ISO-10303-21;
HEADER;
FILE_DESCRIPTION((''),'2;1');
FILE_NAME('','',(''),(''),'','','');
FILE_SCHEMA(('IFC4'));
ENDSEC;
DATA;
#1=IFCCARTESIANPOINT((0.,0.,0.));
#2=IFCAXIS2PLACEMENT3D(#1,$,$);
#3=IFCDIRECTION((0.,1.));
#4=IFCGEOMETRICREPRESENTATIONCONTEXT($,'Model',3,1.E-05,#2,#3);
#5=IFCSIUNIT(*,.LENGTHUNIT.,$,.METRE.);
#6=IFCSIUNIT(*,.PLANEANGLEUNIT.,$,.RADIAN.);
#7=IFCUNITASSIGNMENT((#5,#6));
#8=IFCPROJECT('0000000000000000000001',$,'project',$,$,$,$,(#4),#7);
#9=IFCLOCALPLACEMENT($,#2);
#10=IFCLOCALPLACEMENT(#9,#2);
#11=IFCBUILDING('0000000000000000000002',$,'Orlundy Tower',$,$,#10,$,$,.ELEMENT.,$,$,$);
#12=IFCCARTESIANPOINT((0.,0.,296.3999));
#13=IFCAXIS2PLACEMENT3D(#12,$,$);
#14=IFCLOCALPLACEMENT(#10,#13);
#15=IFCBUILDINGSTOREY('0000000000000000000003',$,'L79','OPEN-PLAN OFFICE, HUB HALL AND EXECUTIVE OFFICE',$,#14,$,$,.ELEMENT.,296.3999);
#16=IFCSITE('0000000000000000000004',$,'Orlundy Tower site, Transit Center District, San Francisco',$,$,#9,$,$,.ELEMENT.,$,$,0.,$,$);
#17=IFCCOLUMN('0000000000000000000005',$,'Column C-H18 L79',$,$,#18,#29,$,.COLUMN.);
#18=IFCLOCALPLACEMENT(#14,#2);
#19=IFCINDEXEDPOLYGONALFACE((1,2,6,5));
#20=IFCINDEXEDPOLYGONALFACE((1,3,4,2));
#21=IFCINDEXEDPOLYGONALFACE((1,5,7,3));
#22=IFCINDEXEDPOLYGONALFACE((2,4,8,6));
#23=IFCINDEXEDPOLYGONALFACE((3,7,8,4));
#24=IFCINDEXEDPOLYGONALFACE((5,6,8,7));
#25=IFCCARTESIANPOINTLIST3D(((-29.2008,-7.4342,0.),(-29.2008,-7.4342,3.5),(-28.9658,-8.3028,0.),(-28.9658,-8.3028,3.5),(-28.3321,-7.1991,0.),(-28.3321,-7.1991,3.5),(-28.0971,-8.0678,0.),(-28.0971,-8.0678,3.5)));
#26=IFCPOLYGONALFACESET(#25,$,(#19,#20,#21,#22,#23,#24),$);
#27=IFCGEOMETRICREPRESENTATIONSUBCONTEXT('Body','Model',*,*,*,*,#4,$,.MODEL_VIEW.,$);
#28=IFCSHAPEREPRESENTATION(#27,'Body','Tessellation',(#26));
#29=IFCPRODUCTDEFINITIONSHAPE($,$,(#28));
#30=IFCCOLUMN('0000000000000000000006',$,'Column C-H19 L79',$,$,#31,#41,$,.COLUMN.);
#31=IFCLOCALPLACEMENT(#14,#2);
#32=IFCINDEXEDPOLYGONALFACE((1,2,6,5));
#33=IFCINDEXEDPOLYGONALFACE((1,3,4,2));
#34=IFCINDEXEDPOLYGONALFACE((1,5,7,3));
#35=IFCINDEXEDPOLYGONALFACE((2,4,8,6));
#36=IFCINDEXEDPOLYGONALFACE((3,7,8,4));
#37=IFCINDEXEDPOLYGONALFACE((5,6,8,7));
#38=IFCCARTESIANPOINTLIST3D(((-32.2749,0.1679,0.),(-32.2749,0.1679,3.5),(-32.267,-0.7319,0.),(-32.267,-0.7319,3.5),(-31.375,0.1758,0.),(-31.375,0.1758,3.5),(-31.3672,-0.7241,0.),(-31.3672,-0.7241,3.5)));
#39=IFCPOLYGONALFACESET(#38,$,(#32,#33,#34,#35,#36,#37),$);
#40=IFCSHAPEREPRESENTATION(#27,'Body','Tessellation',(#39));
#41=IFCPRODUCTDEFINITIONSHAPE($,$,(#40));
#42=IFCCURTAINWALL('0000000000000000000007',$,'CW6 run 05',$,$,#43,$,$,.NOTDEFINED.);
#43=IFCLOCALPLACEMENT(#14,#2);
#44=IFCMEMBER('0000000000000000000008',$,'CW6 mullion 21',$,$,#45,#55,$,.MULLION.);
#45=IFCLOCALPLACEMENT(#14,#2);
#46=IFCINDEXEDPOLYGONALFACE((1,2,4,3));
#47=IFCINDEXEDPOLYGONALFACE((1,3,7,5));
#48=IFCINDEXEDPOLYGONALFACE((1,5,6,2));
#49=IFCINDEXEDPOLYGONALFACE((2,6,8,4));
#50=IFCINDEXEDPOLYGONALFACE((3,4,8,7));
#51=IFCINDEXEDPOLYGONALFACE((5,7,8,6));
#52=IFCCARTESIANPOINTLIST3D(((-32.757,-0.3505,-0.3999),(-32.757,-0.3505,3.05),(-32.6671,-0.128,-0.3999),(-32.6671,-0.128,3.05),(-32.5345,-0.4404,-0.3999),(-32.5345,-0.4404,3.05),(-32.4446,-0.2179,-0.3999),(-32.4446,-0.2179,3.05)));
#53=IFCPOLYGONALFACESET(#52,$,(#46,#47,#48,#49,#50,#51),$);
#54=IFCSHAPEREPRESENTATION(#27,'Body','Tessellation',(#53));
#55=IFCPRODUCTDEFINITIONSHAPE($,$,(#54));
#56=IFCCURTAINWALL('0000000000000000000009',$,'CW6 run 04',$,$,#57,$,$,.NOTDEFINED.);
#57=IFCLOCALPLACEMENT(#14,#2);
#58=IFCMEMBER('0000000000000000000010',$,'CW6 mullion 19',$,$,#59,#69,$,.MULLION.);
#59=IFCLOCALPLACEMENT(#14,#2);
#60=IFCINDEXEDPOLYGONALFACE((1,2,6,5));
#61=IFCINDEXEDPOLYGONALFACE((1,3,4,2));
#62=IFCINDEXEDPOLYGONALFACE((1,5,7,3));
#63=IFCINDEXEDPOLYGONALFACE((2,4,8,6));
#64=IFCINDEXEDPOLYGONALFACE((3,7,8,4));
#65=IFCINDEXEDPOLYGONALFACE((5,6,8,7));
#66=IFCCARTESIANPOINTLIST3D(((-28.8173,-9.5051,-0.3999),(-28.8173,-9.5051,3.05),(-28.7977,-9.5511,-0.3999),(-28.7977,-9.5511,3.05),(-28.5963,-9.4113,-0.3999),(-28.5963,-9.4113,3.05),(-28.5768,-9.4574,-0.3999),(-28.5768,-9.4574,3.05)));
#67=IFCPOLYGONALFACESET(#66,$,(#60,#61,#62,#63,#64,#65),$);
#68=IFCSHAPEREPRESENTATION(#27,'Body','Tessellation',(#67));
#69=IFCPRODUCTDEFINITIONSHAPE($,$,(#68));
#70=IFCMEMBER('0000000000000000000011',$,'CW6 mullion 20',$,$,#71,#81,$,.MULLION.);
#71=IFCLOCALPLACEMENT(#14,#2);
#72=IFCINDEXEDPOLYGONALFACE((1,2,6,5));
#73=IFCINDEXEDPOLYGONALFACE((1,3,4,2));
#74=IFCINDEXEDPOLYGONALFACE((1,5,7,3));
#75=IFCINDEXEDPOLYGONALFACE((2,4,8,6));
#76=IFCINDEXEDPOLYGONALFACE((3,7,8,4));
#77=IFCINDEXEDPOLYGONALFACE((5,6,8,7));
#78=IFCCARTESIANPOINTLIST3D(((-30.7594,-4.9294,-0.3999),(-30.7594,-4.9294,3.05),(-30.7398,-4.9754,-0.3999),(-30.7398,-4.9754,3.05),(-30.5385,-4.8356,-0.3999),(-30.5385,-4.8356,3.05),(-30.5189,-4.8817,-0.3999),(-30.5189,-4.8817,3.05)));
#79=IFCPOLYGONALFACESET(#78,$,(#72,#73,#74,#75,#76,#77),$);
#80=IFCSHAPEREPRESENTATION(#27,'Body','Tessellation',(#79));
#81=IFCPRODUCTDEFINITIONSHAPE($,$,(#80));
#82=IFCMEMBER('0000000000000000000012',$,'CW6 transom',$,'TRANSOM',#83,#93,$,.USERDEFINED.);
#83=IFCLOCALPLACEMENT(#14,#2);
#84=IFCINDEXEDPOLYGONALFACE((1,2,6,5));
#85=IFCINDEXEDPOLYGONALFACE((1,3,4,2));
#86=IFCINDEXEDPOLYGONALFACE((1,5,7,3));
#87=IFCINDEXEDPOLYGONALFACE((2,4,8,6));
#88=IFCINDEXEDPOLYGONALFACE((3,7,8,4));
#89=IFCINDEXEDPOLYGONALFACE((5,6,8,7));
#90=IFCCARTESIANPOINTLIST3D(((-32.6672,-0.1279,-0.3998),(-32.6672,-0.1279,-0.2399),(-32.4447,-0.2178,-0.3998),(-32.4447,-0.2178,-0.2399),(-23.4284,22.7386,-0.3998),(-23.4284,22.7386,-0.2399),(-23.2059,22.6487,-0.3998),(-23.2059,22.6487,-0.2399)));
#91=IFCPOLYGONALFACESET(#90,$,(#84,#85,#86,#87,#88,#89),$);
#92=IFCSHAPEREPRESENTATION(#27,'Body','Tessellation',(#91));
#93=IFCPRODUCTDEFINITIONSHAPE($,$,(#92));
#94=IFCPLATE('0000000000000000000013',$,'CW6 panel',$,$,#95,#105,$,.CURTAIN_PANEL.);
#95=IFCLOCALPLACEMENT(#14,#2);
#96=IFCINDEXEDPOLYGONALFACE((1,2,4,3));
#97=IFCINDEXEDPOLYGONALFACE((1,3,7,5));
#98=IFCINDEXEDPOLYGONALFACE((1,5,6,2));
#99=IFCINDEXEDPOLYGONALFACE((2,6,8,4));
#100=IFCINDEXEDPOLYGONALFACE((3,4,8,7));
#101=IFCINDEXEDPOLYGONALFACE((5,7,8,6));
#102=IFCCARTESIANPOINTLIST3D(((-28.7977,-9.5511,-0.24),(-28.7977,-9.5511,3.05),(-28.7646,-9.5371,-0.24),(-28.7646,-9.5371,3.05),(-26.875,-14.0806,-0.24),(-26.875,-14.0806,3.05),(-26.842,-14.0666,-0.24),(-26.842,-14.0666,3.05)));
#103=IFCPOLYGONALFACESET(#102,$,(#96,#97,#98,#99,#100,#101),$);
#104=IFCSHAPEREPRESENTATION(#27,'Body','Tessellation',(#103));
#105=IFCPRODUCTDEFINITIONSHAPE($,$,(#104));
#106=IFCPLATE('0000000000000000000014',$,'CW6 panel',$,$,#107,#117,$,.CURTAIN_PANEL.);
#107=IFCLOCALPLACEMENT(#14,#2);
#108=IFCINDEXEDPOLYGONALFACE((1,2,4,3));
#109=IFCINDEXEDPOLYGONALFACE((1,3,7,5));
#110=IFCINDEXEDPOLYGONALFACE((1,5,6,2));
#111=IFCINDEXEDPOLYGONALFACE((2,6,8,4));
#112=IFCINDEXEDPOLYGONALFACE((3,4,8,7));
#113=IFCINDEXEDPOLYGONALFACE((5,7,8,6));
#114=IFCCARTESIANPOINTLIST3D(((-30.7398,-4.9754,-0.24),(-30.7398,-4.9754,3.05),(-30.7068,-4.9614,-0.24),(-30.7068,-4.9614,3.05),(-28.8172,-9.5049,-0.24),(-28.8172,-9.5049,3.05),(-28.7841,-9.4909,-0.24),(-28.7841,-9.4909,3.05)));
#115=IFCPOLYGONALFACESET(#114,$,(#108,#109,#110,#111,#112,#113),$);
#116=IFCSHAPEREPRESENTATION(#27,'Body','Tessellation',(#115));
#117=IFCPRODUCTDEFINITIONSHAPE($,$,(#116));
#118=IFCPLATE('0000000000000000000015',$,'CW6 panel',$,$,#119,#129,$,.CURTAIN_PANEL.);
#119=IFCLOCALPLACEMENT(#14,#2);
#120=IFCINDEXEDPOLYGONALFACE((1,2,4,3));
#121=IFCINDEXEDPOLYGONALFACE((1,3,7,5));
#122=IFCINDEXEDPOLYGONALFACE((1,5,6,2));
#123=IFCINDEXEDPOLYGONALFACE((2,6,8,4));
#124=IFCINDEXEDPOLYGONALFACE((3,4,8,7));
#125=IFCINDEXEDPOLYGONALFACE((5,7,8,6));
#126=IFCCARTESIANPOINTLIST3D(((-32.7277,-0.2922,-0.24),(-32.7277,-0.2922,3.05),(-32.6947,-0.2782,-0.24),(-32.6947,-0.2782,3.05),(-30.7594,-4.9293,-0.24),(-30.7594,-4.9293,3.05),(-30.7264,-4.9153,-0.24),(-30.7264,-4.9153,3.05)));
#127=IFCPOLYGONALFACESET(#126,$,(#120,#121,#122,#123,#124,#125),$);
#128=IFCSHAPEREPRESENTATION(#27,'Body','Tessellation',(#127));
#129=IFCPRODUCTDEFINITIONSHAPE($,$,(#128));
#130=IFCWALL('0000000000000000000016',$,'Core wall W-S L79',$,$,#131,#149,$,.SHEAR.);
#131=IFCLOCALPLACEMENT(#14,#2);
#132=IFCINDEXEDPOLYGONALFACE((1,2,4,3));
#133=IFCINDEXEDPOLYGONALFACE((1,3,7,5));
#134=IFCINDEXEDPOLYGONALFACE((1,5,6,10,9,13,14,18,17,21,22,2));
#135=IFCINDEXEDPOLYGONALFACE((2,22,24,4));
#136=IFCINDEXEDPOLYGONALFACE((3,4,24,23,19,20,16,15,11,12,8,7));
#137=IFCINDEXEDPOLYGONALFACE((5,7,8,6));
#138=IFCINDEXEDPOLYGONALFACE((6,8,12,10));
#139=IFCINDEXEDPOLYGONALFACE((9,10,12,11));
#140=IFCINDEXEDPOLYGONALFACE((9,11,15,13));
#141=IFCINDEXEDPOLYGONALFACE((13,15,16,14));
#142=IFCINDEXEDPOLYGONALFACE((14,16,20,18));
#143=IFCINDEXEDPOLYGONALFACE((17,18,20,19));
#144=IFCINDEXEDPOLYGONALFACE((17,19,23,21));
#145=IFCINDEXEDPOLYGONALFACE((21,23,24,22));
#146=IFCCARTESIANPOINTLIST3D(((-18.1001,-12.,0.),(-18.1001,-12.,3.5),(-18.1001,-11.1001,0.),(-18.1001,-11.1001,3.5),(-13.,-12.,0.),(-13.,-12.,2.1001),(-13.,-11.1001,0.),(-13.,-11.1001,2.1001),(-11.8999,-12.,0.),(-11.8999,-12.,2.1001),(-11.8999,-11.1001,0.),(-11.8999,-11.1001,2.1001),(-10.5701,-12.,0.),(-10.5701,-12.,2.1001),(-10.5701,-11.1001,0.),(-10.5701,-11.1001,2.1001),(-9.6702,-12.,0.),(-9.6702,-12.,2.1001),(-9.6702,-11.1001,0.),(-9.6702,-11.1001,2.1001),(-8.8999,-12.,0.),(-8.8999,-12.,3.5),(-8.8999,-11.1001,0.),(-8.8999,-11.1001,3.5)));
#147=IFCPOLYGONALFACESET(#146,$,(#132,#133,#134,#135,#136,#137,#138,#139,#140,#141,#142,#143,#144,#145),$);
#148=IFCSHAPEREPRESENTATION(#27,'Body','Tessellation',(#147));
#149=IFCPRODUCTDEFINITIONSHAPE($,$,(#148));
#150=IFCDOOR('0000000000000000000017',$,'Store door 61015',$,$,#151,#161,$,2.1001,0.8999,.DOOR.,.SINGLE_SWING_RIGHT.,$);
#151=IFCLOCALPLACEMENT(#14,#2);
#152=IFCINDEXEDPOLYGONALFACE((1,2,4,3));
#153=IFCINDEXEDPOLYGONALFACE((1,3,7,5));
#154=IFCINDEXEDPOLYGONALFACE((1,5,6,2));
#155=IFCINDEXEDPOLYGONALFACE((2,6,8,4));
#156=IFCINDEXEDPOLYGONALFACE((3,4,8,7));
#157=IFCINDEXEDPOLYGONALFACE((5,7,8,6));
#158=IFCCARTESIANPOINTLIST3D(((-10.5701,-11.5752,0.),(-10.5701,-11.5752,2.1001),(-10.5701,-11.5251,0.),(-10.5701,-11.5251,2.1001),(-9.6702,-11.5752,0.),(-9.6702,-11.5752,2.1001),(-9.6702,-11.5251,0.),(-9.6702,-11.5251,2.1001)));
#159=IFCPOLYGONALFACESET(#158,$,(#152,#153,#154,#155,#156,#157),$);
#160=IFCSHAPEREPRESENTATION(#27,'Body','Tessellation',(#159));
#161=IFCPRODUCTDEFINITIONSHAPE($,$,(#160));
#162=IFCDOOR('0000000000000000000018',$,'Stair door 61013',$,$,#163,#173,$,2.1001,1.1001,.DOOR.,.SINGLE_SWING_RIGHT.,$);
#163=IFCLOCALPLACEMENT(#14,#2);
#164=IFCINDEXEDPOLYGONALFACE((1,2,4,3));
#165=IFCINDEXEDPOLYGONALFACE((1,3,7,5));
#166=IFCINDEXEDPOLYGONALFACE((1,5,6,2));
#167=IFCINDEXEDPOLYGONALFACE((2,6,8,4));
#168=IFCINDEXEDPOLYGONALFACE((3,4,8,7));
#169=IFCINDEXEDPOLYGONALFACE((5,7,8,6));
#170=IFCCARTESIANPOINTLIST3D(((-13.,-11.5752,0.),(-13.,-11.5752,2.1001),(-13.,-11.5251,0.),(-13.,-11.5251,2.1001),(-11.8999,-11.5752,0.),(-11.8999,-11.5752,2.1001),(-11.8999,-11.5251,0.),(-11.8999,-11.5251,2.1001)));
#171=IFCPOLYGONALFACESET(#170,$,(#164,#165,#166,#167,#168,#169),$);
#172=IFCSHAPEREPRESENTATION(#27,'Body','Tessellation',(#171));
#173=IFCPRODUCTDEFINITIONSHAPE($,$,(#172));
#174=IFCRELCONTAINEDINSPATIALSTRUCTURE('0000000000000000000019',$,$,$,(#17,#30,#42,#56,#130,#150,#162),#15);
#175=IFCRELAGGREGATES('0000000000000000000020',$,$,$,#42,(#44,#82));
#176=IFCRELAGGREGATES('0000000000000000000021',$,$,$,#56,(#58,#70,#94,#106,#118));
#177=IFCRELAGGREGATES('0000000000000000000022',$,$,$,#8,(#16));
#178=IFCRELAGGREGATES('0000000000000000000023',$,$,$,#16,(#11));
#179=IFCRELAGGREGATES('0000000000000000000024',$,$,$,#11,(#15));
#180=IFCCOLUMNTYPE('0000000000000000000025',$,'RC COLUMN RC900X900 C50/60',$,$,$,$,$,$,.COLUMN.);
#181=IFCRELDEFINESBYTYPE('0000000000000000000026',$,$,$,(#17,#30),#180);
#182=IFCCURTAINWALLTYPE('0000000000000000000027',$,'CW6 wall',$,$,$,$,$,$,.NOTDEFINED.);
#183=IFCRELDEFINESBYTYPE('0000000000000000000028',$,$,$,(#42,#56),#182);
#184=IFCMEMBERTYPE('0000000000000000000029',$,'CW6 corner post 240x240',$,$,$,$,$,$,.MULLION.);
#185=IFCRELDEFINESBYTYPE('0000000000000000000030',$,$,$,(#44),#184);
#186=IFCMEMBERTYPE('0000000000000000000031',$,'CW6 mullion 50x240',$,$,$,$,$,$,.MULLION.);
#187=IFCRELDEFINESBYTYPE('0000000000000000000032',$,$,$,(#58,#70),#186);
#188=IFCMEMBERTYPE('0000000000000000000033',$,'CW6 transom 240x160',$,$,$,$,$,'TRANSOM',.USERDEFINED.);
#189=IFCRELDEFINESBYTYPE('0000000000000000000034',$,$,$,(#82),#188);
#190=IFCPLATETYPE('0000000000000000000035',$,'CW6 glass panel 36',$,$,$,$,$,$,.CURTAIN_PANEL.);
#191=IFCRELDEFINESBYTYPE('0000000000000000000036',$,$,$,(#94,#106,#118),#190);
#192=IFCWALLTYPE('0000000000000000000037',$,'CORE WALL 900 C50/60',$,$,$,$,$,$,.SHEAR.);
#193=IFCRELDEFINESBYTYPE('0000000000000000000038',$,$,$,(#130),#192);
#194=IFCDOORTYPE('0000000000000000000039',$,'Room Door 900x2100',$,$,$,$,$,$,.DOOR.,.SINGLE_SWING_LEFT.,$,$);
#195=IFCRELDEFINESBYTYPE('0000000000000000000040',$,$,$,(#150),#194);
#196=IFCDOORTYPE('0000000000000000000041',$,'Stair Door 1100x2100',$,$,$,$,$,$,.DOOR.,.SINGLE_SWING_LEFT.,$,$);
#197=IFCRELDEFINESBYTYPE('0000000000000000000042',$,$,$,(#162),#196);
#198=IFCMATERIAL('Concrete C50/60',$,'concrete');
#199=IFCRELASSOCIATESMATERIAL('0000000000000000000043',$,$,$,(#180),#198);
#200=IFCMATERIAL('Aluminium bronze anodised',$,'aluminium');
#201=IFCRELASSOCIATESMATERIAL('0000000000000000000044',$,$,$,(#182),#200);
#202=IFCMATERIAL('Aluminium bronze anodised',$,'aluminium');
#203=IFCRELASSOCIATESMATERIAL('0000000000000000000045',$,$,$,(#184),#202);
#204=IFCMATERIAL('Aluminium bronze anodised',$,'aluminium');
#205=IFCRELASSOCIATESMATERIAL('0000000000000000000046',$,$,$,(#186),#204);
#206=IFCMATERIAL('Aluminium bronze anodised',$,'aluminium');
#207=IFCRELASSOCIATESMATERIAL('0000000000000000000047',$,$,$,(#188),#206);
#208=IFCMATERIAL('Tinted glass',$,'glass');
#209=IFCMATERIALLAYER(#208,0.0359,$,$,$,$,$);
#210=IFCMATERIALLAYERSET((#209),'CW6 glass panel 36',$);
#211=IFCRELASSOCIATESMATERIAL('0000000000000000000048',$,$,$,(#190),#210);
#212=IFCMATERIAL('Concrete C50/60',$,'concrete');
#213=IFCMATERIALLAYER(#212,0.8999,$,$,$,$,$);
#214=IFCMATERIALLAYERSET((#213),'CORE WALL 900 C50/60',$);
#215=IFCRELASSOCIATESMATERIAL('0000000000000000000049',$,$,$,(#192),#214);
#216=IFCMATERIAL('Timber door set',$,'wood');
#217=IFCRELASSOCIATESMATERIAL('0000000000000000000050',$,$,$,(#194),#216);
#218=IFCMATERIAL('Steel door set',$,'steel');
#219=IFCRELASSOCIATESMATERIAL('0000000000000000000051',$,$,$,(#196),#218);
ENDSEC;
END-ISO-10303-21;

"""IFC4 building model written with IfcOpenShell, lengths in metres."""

from ifc_helpers import new_model, si_unit, direction, frame, frame_2d, origin, origin_2d, place, context, subcontext, project, spatial, rectangle, extrude, material, layer, layer_set, material_profile, profile_set, type_object, element, fill, aggregate, save


model = new_model("IFC4")

# Units and contexts
model_context = context("Model", 3, precision=1e-05, world=origin(), true_north=direction((0.0, 1.0)))
body_context = subcontext(model_context, "Body", "Model", "MODEL_VIEW")
ifc_project = project(units=[si_unit("LENGTHUNIT", "METRE"), si_unit("PLANEANGLEUNIT", "RADIAN")], contexts=[model_context])

# Site, building, storey
site_placement = place(None, origin())
site = spatial("IfcSite", under=ifc_project, at=site_placement, Name="Orlundy Tower site, Transit Center District, San Francisco", CompositionType="ELEMENT", RefElevation=0.0)
building_placement = place(site_placement, origin())
building = spatial("IfcBuilding", under=site, at=building_placement, Name="Orlundy Tower", CompositionType="ELEMENT")
storey_placement = place(building_placement, frame((0.0, 0.0, 296.3999)))
storey = spatial("IfcBuildingStorey", under=building, at=storey_placement, Name="L79", Description="OPEN-PLAN OFFICE, HUB HALL AND EXECUTIVE OFFICE", CompositionType="ELEMENT", Elevation=296.3999)

# Columns
ifc_material_1 = material(Name="Concrete C50/60", Category="concrete")
ifc_material_profile_1 = material_profile(ifc_material_1, rectangle(XDim=0.8999, YDim=0.8999, at=origin_2d()), Name="RC900X900")
ifc_profile_set_1 = profile_set([ifc_material_profile_1], Name="Concrete C50/60")
column_type = type_object("IfcColumnType", Name="RC COLUMN RC900X900 C50/60", PredefinedType="COLUMN", material=ifc_profile_set_1)
for number, where, z_axis, x_axis, name in (
    (1, (-28.6489, -7.751, 0.0), (0.0, 0.0, 1.0), (-0.965295, -0.261162, 0.0), "Column C-H18 L79"),
    (2, (-31.821, -0.2781, 0.0), (0.0, 0.0, 1.0), (-0.999962, -0.008744, 0.0), "Column C-H19 L79"),
):
    element("IfcColumn", number, at=place(storey_placement, frame(where, z_axis=z_axis, x_axis=x_axis)), inside=storey, type_object=column_type, Name=name, PredefinedType="COLUMN", context=body_context, shape_type="SweptSolid", body=[
        extrude(rectangle(XDim=0.8999, YDim=0.8999, at=origin_2d()), origin(), (0.0, 0.0, 1.0), 3.5),
    ])

# Curtain wall, member
ifc_material_2 = material(Name="Aluminium bronze anodised", Category="aluminium")
curtain_wall_type = type_object("IfcCurtainWallType", Name="CW6 wall", PredefinedType="NOTDEFINED", material=ifc_material_2)
curtain_wall_1_placement = place(storey_placement, origin())
curtain_wall_1 = element("IfcCurtainWall", 3, at=curtain_wall_1_placement, inside=storey, type_object=curtain_wall_type, Name="CW6 run 05", PredefinedType="NOTDEFINED")
ifc_material_3 = material(Name="Aluminium bronze anodised", Category="aluminium")
ifc_material_profile_2 = material_profile(ifc_material_3, rectangle(XDim=0.24, YDim=0.24, at=origin_2d()), Name="CW6 corner post 240x240")
ifc_profile_set_2 = profile_set([ifc_material_profile_2], Name="Aluminium bronze anodised")
member_type_1 = type_object("IfcMemberType", Name="CW6 corner post 240x240", PredefinedType="MULLION", material=ifc_profile_set_2)
member_1_placement = place(storey_placement, frame((-32.6008, -0.2842, -0.3999), z_axis=(0.0, 0.0, 1.0), x_axis=(-0.927184, 0.374607, 0.0)))
member_1 = element("IfcMember", 4, at=member_1_placement, type_object=member_type_1, Name="CW6 mullion 21", PredefinedType="MULLION", context=body_context, shape_type="SweptSolid", body=[
    extrude(rectangle(XDim=0.24, YDim=0.24, at=origin_2d()), origin(), (0.0, 0.0, 1.0), 3.45),
])

# Curtain wall, members
curtain_wall_2_placement = place(storey_placement, origin())
curtain_wall_2 = element("IfcCurtainWall", 5, at=curtain_wall_2_placement, inside=storey, type_object=curtain_wall_type, Name="CW6 run 04", PredefinedType="NOTDEFINED")
ifc_material_4 = material(Name="Aluminium bronze anodised", Category="aluminium")
ifc_material_profile_3 = material_profile(ifc_material_4, rectangle(XDim=0.24, YDim=0.05, at=origin_2d()), Name="CW6 mullion 50x240")
ifc_profile_set_3 = profile_set([ifc_material_profile_3], Name="Aluminium bronze anodised")
member_type_2 = type_object("IfcMemberType", Name="CW6 mullion 50x240", PredefinedType="MULLION", material=ifc_profile_set_3)
member_2_placement = place(storey_placement, frame((-28.697, -9.4812, -0.3999), z_axis=(0.0, 0.0, 1.0), x_axis=(-0.920507, -0.390727, 0.0)))
member_2 = element("IfcMember", 6, at=member_2_placement, type_object=member_type_2, Name="CW6 mullion 19", PredefinedType="MULLION", context=body_context, shape_type="SweptSolid", body=[
    extrude(rectangle(XDim=0.24, YDim=0.05, at=origin_2d()), origin(), (0.0, 0.0, 1.0), 3.45),
])
member_3_placement = place(storey_placement, frame((-30.6392, -4.9055, -0.3999), z_axis=(0.0, 0.0, 1.0), x_axis=(-0.920507, -0.390727, 0.0)))
member_3 = element("IfcMember", 7, at=member_3_placement, type_object=member_type_2, Name="CW6 mullion 20", PredefinedType="MULLION", context=body_context, shape_type="SweptSolid", body=[
    extrude(rectangle(XDim=0.24, YDim=0.05, at=origin_2d()), origin(), (0.0, 0.0, 1.0), 3.45),
])

# Member
ifc_material_5 = material(Name="Aluminium bronze anodised", Category="aluminium")
ifc_material_profile_4 = material_profile(ifc_material_5, rectangle(XDim=0.24, YDim=0.1599, at=origin_2d()), Name="CW6 transom 240x160")
ifc_profile_set_4 = profile_set([ifc_material_profile_4], Name="Aluminium bronze anodised")
member_type_3 = type_object("IfcMemberType", Name="CW6 transom 240x160", ElementType="TRANSOM", PredefinedType="USERDEFINED", material=ifc_profile_set_4)
member_4_placement = place(storey_placement, frame((-32.5559, -0.1729, -0.3198), z_axis=(0.374611, 0.927182, 0.0), x_axis=(-0.927182, 0.374611, 0.0)))
member_4 = element("IfcMember", 8, at=member_4_placement, type_object=member_type_3, Name="CW6 transom", ObjectType="TRANSOM", PredefinedType="USERDEFINED", context=body_context, shape_type="SweptSolid", body=[
    extrude(rectangle(XDim=0.24, YDim=0.1599, at=origin_2d()), origin(), (0.0, 0.0, 1.0), 24.6624),
])
aggregate(curtain_wall_1, [member_1, member_4])

# Plates
ifc_material_6 = material(Name="Tinted glass", Category="glass")
ifc_layer_1 = layer(ifc_material_6, 0.0359)
ifc_layer_set_1 = layer_set([ifc_layer_1], Name="CW6 glass panel 36")
plate_type = type_object("IfcPlateType", Name="CW6 glass panel 36", PredefinedType="CURTAIN_PANEL", material=ifc_layer_set_1)
plate_1_placement = place(storey_placement, frame((-27.8198, -11.8088, -0.24), z_axis=(0.0, 0.0, 1.0), x_axis=(-0.390727, 0.920507, 0.0)))
plate_1 = element("IfcPlate", 9, at=plate_1_placement, type_object=plate_type, Name="CW6 panel", PredefinedType="CURTAIN_PANEL", context=body_context, shape_type="SweptSolid", body=[
    extrude(rectangle(XDim=4.9207, YDim=0.0359, at=origin_2d()), origin(), (0.0, 0.0, 1.0), 3.29),
])
plate_2_placement = place(storey_placement, frame((-29.762, -7.2332, -0.24), z_axis=(0.0, 0.0, 1.0), x_axis=(-0.390727, 0.920507, 0.0)))
plate_2 = element("IfcPlate", 10, at=plate_2_placement, type_object=plate_type, Name="CW6 panel", PredefinedType="CURTAIN_PANEL", context=body_context, shape_type="SweptSolid", body=[
    extrude(rectangle(XDim=4.9207, YDim=0.0359, at=origin_2d()), origin(), (0.0, 0.0, 1.0), 3.29),
])
plate_3_placement = place(storey_placement, frame((-31.7271, -2.6038, -0.24), z_axis=(0.0, 0.0, 1.0), x_axis=(-0.390727, 0.920507, 0.0)))
plate_3 = element("IfcPlate", 11, at=plate_3_placement, type_object=plate_type, Name="CW6 panel", PredefinedType="CURTAIN_PANEL", context=body_context, shape_type="SweptSolid", body=[
    extrude(rectangle(XDim=5.0376, YDim=0.0359, at=origin_2d()), origin(), (0.0, 0.0, 1.0), 3.29),
])
aggregate(curtain_wall_2, [member_2, member_3, plate_1, plate_2, plate_3])

# Wall, openings, doors
ifc_material_7 = material(Name="Concrete C50/60", Category="concrete")
ifc_layer_2 = layer(ifc_material_7, 0.8999)
ifc_layer_set_2 = layer_set([ifc_layer_2], Name="CORE WALL 900 C50/60")
wall_type_1 = type_object("IfcWallType", Name="CORE WALL 900 C50/60", PredefinedType="SHEAR", material=ifc_layer_set_2)
wall_1_placement = place(storey_placement, frame((-18.1001, -11.55, 0.0), z_axis=(0.0, 0.0, 1.0), x_axis=(1.0, 0.0, 0.0)))
wall_1 = element("IfcWall", 12, at=wall_1_placement, inside=storey, type_object=wall_type_1, Name="Core wall W-S L79", PredefinedType="SHEAR", context=body_context, shape_type="SweptSolid", body=[
    extrude(rectangle(XDim=9.2002, YDim=0.8999, at=frame_2d((4.6001, 0.0))), origin(), (0.0, 0.0, 1.0), 3.5),
])
opening_1_placement = place(wall_1_placement, frame((5.1001, 0.0, 0.0)))
opening_1 = element("IfcOpeningElement", 13, at=opening_1_placement, cuts=wall_1, PredefinedType="OPENING", context=body_context, shape_type="SweptSolid", body=[
    extrude(rectangle(XDim=1.1001, YDim=2.1001, at=frame_2d((0.55, 1.05))), frame((0.0, 0.46, 0.0), z_axis=(0.0, -1.0, 0.0), x_axis=(1.0, 0.0, 0.0)), (0.0, 0.0, 1.0), 0.9199),
])
opening_2_placement = place(wall_1_placement, frame((7.53, 0.0, 0.0)))
opening_2 = element("IfcOpeningElement", 14, at=opening_2_placement, cuts=wall_1, PredefinedType="OPENING", context=body_context, shape_type="SweptSolid", body=[
    extrude(rectangle(XDim=0.8999, YDim=2.1001, at=frame_2d((0.45, 1.05))), frame((0.0, 0.46, 0.0), z_axis=(0.0, -1.0, 0.0), x_axis=(1.0, 0.0, 0.0)), (0.0, 0.0, 1.0), 0.9199),
])
ifc_material_8 = material(Name="Timber door set", Category="wood")
door_type_1 = type_object("IfcDoorType", Name="Room Door 900x2100", OperationType="SINGLE_SWING_LEFT", PredefinedType="DOOR", material=ifc_material_8)
door_1_placement = place(opening_2_placement, origin())
door_1 = element("IfcDoor", 15, at=door_1_placement, inside=storey, type_object=door_type_1, Name="Store door 61015", OperationType="SINGLE_SWING_RIGHT", OverallHeight=2.1001, OverallWidth=0.8999, PredefinedType="DOOR", context=body_context, shape_type="SweptSolid", body=[
    extrude(rectangle(XDim=0.8999, YDim=2.1001, at=frame_2d((0.45, 1.05))), frame((0.0, 0.0249, 0.0), z_axis=(0.0, -1.0, 0.0), x_axis=(1.0, 0.0, 0.0)), (0.0, 0.0, 1.0), 0.05),
])
fill(opening_2, door_1)
ifc_material_9 = material(Name="Steel door set", Category="steel")
door_type_2 = type_object("IfcDoorType", Name="Stair Door 1100x2100", OperationType="SINGLE_SWING_LEFT", PredefinedType="DOOR", material=ifc_material_9)
door_2_placement = place(opening_1_placement, origin())
door_2 = element("IfcDoor", 16, at=door_2_placement, inside=storey, type_object=door_type_2, Name="Stair door 61013", OperationType="SINGLE_SWING_RIGHT", OverallHeight=2.1001, OverallWidth=1.1001, PredefinedType="DOOR", context=body_context, shape_type="SweptSolid", body=[
    extrude(rectangle(XDim=1.1001, YDim=2.1001, at=frame_2d((0.55, 1.05))), frame((0.0, 0.0249, 0.0), z_axis=(0.0, -1.0, 0.0), x_axis=(1.0, 0.0, 0.0)), (0.0, 0.0, 1.0), 0.05),
])
fill(opening_1, door_2)

save(model, "model.ifc")
